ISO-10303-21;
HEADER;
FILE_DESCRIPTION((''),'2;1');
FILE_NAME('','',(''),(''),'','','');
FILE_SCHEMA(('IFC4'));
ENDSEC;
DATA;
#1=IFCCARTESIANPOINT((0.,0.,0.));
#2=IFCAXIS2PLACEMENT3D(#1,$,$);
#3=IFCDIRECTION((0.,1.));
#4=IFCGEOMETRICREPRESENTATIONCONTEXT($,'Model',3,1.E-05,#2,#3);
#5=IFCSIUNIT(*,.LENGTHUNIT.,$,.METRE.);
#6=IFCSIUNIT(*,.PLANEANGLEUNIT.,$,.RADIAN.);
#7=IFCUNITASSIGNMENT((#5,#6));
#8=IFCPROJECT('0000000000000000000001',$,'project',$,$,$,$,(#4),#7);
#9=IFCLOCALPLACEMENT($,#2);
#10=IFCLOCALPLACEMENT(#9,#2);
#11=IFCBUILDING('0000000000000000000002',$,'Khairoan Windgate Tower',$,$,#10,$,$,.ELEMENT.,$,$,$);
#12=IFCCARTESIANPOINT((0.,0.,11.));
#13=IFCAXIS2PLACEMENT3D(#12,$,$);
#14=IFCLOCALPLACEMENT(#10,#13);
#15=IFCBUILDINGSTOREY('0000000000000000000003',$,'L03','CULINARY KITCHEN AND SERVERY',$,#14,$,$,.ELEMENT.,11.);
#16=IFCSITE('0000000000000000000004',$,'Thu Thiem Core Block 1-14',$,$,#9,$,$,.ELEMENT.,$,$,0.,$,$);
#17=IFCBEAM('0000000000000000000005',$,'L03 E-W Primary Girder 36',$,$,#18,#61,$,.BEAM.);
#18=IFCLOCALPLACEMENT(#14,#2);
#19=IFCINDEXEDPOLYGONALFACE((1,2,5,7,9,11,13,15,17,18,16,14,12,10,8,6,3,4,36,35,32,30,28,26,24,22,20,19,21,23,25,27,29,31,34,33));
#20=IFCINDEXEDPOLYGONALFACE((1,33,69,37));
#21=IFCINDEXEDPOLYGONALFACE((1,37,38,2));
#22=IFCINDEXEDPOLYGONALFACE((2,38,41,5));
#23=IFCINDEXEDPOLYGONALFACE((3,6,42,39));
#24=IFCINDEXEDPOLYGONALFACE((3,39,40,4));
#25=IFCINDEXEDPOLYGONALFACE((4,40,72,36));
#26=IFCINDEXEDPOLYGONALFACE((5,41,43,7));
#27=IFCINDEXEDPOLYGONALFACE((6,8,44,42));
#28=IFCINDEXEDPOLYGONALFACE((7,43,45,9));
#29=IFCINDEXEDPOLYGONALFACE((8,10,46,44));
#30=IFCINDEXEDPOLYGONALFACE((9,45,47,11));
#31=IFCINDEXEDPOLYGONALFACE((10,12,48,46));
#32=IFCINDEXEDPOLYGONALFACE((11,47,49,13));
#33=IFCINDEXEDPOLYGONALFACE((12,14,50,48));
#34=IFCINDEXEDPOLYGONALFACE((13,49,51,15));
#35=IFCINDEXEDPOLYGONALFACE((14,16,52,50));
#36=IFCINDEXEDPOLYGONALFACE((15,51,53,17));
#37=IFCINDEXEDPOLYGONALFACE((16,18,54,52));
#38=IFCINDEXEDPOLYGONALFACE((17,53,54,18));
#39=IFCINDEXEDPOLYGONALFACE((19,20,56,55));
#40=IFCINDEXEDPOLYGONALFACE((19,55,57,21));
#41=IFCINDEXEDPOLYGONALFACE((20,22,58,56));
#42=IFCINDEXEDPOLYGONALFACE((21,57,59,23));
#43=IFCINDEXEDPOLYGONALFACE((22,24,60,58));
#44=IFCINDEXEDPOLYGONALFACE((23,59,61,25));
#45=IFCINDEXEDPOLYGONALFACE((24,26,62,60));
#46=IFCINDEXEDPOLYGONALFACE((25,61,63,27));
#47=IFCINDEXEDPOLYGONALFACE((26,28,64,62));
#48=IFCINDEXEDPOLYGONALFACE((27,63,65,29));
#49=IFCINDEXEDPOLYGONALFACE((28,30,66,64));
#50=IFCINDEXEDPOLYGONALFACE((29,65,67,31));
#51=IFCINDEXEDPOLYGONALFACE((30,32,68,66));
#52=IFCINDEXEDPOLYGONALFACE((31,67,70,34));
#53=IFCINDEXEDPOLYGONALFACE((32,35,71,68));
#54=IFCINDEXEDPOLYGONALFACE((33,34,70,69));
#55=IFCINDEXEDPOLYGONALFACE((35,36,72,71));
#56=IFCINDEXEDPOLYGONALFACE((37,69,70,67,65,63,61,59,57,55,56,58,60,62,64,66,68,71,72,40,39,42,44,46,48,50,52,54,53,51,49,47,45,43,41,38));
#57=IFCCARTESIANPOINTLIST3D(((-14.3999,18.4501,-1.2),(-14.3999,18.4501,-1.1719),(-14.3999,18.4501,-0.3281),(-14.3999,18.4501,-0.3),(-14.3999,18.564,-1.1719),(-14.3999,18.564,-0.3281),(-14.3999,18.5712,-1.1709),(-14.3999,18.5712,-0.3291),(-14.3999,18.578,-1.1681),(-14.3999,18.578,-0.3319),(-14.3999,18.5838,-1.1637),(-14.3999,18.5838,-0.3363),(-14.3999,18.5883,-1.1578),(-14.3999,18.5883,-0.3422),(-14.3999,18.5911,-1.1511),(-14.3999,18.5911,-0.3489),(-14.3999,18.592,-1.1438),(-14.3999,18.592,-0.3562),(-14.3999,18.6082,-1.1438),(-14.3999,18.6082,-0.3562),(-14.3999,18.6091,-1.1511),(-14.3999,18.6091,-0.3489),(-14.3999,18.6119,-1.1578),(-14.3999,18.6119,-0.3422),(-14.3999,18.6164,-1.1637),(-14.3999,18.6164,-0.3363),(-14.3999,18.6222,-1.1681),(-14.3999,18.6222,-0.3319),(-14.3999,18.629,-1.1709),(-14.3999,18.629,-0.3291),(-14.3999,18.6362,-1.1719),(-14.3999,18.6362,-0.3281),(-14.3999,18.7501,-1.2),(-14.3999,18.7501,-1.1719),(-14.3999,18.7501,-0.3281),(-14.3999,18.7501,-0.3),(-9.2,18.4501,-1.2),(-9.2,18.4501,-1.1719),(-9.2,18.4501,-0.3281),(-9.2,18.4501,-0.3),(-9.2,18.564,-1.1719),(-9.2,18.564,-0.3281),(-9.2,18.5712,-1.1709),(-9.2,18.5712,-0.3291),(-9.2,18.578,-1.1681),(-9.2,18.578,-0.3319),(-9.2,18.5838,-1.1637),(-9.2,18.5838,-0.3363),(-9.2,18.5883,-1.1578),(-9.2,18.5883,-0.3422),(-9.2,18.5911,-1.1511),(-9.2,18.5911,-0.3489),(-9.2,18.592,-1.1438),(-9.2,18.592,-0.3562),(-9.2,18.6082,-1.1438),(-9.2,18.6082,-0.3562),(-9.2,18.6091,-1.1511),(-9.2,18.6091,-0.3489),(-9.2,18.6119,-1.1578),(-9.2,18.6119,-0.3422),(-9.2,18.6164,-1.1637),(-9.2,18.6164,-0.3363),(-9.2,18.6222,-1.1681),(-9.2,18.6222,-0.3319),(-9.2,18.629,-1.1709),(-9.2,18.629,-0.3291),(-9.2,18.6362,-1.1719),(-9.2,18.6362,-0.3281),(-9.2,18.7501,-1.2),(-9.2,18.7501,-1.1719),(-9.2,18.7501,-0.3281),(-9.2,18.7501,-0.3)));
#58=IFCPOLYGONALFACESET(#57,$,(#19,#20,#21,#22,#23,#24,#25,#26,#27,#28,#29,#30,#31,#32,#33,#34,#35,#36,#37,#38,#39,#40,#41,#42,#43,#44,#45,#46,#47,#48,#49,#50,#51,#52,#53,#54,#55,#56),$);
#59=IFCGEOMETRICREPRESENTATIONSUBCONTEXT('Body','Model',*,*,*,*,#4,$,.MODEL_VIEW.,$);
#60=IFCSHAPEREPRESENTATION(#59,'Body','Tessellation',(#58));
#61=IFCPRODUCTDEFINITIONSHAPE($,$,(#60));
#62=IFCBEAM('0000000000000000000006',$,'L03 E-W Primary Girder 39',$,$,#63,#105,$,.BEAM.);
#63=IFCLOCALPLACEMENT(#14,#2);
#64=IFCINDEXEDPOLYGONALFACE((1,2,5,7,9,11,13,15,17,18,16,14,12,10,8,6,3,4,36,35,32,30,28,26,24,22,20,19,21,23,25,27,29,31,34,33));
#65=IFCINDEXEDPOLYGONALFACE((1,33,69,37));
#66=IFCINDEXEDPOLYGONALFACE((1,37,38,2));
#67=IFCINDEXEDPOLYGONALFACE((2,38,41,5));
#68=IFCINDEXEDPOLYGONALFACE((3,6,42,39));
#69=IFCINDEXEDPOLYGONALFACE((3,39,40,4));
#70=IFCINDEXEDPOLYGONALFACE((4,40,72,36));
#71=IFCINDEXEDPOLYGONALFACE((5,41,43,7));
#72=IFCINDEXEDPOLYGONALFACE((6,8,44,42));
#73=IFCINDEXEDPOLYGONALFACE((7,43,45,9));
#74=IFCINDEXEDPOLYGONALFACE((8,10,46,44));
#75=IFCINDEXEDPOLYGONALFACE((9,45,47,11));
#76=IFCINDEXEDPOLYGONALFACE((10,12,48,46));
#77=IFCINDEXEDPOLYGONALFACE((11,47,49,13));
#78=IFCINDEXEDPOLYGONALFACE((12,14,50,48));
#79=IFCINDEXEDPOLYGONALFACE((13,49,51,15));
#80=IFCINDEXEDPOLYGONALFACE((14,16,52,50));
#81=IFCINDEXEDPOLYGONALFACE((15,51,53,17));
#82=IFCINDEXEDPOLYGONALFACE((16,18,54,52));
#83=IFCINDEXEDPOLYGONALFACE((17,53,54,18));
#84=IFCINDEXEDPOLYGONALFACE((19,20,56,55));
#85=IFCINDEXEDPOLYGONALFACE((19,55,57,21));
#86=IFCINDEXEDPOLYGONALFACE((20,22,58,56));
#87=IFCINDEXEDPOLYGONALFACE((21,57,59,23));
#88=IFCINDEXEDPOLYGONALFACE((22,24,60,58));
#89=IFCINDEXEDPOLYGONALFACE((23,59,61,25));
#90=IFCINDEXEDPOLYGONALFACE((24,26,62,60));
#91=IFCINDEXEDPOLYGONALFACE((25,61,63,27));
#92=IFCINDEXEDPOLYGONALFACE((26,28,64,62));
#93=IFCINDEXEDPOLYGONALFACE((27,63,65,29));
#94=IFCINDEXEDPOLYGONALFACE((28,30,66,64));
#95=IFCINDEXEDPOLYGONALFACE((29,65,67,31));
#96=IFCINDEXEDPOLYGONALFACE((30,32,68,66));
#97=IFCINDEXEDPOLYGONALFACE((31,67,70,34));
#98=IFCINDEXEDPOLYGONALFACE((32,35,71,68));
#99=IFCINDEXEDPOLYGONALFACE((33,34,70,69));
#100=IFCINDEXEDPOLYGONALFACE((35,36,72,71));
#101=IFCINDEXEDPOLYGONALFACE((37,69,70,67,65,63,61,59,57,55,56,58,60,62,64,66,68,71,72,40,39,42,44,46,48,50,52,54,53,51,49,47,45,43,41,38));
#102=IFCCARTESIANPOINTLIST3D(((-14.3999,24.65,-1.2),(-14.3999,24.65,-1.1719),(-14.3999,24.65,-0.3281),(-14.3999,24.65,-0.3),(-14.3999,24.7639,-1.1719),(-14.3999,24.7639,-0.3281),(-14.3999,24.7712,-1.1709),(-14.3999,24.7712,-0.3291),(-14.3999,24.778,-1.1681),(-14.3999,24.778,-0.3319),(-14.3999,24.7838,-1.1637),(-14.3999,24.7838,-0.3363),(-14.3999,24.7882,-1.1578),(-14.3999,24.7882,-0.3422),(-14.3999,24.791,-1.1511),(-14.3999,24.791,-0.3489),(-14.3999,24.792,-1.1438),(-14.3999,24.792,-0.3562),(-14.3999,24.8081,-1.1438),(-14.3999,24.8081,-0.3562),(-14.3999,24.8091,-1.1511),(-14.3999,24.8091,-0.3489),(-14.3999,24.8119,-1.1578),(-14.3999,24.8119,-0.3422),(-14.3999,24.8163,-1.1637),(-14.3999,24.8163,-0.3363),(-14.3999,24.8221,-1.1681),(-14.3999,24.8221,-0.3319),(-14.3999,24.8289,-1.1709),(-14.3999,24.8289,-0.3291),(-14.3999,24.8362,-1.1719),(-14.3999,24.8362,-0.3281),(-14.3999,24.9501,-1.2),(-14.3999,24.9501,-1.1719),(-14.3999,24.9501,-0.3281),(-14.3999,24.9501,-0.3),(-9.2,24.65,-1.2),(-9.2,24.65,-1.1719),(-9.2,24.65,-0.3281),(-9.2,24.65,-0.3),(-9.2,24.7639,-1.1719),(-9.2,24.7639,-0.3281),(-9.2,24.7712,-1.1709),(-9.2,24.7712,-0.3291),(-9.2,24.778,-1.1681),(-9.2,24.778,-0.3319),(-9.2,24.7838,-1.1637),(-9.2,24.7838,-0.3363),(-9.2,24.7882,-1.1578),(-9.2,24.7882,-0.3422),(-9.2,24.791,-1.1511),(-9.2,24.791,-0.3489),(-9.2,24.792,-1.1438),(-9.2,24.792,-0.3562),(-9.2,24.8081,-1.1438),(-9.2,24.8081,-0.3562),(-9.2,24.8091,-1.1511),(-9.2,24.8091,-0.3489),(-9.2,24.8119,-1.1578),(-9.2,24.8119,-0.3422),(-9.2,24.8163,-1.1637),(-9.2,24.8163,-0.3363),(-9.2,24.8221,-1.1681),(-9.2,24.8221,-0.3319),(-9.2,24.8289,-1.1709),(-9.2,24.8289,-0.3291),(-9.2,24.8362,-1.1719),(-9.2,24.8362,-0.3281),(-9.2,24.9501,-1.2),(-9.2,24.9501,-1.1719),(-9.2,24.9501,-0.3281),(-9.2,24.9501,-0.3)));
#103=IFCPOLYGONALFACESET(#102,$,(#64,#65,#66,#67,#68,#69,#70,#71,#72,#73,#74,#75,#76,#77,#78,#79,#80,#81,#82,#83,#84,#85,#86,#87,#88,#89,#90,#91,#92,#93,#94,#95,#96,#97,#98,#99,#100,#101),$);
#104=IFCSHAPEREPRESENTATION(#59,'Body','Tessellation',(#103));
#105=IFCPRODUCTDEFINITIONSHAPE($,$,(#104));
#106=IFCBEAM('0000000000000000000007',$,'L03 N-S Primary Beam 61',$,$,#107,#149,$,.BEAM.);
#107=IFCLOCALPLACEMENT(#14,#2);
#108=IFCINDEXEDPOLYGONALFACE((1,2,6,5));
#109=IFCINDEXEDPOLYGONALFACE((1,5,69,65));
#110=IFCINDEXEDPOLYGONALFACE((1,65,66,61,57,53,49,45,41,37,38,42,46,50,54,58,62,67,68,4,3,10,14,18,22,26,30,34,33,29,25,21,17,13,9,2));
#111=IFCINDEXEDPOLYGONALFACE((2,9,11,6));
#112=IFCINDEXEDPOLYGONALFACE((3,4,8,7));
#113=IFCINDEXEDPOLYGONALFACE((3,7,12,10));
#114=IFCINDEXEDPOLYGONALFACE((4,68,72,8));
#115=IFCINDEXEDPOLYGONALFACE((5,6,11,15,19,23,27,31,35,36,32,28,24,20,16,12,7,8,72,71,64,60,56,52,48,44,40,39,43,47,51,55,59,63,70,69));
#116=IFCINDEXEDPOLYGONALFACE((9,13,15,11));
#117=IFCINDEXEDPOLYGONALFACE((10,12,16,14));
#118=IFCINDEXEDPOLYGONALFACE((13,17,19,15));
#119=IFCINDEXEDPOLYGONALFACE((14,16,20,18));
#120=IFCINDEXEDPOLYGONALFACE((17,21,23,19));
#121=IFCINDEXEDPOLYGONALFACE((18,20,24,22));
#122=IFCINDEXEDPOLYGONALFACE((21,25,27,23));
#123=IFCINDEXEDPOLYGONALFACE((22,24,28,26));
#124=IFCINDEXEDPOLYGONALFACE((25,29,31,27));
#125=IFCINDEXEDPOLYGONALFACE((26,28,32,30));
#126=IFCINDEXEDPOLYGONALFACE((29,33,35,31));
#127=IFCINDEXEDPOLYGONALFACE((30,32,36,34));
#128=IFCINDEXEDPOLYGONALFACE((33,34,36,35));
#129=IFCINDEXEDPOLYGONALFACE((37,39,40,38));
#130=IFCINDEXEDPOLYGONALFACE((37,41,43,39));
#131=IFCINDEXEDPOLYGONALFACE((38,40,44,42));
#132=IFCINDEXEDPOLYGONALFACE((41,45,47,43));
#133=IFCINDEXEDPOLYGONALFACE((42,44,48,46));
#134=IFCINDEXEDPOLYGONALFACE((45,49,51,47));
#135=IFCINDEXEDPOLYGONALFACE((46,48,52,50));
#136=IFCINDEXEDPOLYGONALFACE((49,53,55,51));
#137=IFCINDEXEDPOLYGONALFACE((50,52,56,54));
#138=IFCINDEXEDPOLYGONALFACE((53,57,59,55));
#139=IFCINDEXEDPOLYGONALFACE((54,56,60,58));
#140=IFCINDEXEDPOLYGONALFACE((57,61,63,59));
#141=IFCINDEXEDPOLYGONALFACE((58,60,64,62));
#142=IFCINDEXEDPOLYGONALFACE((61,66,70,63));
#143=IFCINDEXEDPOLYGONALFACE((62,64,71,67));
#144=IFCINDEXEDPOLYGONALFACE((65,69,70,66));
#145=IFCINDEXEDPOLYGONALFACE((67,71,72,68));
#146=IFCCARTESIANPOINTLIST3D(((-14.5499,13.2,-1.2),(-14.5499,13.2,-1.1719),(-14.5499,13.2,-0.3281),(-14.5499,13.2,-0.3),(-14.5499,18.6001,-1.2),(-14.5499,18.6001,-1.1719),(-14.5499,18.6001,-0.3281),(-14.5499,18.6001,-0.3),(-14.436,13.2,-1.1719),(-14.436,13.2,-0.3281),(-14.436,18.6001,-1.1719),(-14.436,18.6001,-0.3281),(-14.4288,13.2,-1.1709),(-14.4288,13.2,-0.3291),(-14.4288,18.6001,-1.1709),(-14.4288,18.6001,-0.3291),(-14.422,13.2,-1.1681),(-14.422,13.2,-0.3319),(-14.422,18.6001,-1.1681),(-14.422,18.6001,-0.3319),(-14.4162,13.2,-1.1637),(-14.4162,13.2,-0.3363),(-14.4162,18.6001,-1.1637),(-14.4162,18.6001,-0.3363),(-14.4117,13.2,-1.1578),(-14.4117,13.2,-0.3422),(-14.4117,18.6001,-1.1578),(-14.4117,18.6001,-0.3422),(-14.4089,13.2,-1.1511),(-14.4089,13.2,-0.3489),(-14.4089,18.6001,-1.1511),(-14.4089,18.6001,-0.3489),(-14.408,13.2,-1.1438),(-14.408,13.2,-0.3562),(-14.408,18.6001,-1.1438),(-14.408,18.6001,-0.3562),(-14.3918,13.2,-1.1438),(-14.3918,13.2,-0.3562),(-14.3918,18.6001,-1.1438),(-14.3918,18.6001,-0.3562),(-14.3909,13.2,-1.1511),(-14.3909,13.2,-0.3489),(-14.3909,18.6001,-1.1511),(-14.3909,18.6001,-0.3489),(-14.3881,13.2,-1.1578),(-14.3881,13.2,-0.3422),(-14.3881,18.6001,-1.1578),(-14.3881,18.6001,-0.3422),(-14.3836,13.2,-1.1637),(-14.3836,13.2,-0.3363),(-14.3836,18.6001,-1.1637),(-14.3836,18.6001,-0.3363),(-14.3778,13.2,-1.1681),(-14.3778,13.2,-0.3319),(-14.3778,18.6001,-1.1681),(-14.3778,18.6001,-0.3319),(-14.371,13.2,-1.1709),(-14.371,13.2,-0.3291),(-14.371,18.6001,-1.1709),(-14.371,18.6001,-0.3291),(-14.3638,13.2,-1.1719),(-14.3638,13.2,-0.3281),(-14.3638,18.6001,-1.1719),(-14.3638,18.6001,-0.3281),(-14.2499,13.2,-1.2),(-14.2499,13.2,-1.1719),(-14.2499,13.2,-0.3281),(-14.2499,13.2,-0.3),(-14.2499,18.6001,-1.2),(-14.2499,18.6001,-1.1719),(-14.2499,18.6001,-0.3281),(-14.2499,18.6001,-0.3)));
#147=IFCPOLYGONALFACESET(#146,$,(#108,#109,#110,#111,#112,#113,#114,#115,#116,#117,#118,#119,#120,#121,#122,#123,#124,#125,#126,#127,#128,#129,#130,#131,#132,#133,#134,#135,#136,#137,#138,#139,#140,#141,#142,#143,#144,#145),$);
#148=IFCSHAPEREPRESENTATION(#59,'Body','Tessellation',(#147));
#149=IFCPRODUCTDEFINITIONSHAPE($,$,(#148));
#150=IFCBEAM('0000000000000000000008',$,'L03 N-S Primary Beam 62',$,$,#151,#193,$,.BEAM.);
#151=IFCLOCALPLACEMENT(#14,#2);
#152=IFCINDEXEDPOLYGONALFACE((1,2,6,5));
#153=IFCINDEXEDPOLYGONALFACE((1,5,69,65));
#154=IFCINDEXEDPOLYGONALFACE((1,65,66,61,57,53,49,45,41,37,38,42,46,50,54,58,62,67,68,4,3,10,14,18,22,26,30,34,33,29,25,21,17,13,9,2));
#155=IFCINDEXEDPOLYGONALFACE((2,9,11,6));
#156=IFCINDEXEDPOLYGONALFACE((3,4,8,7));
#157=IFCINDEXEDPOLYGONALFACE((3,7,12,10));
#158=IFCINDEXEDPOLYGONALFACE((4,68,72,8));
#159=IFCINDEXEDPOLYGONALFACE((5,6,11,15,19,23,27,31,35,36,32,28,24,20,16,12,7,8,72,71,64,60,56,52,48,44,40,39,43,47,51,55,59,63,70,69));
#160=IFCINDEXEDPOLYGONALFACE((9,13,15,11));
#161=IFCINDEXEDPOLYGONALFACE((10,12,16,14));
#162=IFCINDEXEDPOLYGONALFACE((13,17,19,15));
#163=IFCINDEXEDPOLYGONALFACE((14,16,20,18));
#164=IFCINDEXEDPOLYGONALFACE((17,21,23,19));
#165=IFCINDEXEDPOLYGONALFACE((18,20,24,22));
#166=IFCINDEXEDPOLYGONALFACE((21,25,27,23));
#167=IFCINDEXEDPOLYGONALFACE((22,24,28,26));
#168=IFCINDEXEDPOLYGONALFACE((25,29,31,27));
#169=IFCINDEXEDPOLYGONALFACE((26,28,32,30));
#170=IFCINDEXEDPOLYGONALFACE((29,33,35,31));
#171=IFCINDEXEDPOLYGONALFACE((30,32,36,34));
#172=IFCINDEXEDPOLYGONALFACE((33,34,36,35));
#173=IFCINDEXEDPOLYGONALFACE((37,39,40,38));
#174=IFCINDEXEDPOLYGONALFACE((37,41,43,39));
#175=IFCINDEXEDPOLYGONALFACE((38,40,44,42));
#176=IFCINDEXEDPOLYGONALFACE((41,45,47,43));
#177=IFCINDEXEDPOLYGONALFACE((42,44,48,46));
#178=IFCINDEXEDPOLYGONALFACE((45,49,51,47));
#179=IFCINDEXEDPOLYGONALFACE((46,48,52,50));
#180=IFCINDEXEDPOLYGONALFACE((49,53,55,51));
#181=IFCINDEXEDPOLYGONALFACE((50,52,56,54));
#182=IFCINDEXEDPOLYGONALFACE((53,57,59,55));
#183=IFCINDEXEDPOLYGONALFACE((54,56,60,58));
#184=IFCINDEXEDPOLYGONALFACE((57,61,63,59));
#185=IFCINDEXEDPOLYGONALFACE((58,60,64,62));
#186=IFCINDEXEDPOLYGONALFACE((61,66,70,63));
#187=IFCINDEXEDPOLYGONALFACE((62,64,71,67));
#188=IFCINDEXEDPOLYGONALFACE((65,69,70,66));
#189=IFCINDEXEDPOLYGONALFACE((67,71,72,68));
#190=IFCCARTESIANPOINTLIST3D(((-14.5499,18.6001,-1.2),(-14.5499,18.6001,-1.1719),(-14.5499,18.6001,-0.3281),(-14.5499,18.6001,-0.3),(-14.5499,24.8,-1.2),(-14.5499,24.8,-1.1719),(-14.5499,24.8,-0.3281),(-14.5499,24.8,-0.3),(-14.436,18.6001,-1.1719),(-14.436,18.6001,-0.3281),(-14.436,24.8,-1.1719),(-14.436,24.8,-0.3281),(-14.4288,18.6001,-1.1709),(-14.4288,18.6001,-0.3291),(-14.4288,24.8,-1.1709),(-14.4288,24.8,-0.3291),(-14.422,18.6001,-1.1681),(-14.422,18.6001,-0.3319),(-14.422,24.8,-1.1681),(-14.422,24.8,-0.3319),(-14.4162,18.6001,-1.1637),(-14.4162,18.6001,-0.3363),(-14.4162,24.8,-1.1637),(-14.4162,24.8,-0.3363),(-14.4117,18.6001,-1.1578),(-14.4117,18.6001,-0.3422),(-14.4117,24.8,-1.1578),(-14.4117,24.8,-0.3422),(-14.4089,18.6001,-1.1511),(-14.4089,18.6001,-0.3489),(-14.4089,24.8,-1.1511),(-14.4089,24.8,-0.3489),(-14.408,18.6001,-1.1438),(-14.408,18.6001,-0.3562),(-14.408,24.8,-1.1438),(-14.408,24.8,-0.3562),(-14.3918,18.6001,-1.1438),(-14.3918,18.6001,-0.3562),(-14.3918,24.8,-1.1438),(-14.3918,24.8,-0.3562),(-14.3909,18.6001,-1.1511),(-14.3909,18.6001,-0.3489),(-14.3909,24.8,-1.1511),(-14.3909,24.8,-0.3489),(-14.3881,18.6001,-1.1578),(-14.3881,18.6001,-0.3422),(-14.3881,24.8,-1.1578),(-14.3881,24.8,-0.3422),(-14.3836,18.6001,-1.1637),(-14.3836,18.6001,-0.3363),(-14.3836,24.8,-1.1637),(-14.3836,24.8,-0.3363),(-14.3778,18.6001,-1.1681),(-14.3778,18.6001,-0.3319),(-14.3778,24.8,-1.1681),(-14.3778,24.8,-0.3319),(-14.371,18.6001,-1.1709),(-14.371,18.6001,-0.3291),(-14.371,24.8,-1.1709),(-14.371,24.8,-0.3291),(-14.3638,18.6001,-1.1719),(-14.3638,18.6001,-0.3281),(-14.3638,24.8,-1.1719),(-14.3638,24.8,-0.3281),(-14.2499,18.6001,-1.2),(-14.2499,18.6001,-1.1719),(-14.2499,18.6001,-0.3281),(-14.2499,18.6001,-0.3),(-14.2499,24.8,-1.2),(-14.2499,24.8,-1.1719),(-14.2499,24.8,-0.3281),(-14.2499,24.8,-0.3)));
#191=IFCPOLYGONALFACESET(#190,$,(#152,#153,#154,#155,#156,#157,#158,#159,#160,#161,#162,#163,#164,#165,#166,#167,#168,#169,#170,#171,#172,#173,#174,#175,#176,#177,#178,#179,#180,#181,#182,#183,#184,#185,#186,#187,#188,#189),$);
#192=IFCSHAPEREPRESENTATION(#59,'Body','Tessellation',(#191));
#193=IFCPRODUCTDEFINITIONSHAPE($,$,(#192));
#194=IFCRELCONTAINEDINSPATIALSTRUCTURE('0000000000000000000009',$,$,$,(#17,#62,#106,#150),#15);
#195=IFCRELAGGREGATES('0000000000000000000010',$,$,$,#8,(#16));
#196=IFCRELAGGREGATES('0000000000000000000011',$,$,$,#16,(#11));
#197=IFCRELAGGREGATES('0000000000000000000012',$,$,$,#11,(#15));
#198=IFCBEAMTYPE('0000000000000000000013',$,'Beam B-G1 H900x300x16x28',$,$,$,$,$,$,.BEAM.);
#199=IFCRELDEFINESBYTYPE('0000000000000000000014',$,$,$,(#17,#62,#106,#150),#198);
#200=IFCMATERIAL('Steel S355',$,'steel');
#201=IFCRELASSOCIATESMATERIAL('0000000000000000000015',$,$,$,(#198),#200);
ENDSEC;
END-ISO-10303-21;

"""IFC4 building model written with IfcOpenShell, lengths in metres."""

from ifc_helpers import new_model, si_unit, direction, frame, origin, origin_2d, place, context, subcontext, project, spatial, i_section, extrude, material, material_profile, profile_set, type_object, element, save


model = new_model("IFC4")

# Units and contexts
model_context = context("Model", 3, precision=1e-05, world=origin(), true_north=direction((0.0, 1.0)))
body_context = subcontext(model_context, "Body", "Model", "MODEL_VIEW")
ifc_project = project(units=[si_unit("LENGTHUNIT", "METRE"), si_unit("PLANEANGLEUNIT", "RADIAN")], contexts=[model_context])

# Site, building, storey
site_placement = place(None, origin())
site = spatial("IfcSite", under=ifc_project, at=site_placement, Name="Thu Thiem Core Block 1-14", CompositionType="ELEMENT", RefElevation=0.0)
building_placement = place(site_placement, origin())
building = spatial("IfcBuilding", under=site, at=building_placement, Name="Khairoan Windgate Tower", CompositionType="ELEMENT")
storey_placement = place(building_placement, frame((0.0, 0.0, 11.0)))
storey = spatial("IfcBuildingStorey", under=building, at=storey_placement, Name="L03", Description="CULINARY KITCHEN AND SERVERY", CompositionType="ELEMENT", Elevation=11.0)

# Beams
ifc_material_1 = material(Name="Steel S355", Category="steel")
ifc_material_profile_1 = material_profile(ifc_material_1, i_section(OverallWidth=0.3, OverallDepth=0.8999, WebThickness=0.0161, FlangeThickness=0.0281, FilletRadius=0.0281, at=origin_2d()))
ifc_profile_set_1 = profile_set([ifc_material_profile_1], Name="Steel S355")
beam_type_1 = type_object("IfcBeamType", Name="Beam B-G1 H900x300x16x28", PredefinedType="BEAM", material=ifc_profile_set_1)
for number, where, z_axis, x_axis, name in (
    (1, (-14.3999, 18.6001, -0.75), (1.0, 0.0, 0.0), (0.0, 1.0, 0.0), "L03 E-W Primary Girder 36"),
    (2, (-14.3999, 24.8, -0.75), (1.0, 0.0, 0.0), (0.0, 1.0, 0.0), "L03 E-W Primary Girder 39"),
):
    element("IfcBeam", number, at=place(storey_placement, frame(where, z_axis=z_axis, x_axis=x_axis)), inside=storey, type_object=beam_type_1, Name=name, PredefinedType="BEAM", context=body_context, shape_type="SweptSolid", body=[
        extrude(i_section(OverallWidth=0.3, OverallDepth=0.8999, WebThickness=0.0161, FlangeThickness=0.0281, FilletRadius=0.0281, at=origin_2d()), origin(), (0.0, 0.0, 1.0), 5.2),
    ])
beam_1_placement = place(storey_placement, frame((-14.3999, 13.2, -0.75), z_axis=(0.0, 1.0, 0.0), x_axis=(-1.0, 0.0, 0.0)))
element("IfcBeam", 3, at=beam_1_placement, inside=storey, type_object=beam_type_1, Name="L03 N-S Primary Beam 61", PredefinedType="BEAM", context=body_context, shape_type="SweptSolid", body=[
    extrude(i_section(OverallWidth=0.3, OverallDepth=0.8999, WebThickness=0.0161, FlangeThickness=0.0281, FilletRadius=0.0281, at=origin_2d()), origin(), (0.0, 0.0, 1.0), 5.4001),
])
beam_2_placement = place(storey_placement, frame((-14.3999, 18.6001, -0.75), z_axis=(0.0, 1.0, 0.0), x_axis=(-1.0, 0.0, 0.0)))
element("IfcBeam", 4, at=beam_2_placement, inside=storey, type_object=beam_type_1, Name="L03 N-S Primary Beam 62", PredefinedType="BEAM", context=body_context, shape_type="SweptSolid", body=[
    extrude(i_section(OverallWidth=0.3, OverallDepth=0.8999, WebThickness=0.0161, FlangeThickness=0.0281, FilletRadius=0.0281, at=origin_2d()), origin(), (0.0, 0.0, 1.0), 6.2),
])

save(model, "model.ifc")
